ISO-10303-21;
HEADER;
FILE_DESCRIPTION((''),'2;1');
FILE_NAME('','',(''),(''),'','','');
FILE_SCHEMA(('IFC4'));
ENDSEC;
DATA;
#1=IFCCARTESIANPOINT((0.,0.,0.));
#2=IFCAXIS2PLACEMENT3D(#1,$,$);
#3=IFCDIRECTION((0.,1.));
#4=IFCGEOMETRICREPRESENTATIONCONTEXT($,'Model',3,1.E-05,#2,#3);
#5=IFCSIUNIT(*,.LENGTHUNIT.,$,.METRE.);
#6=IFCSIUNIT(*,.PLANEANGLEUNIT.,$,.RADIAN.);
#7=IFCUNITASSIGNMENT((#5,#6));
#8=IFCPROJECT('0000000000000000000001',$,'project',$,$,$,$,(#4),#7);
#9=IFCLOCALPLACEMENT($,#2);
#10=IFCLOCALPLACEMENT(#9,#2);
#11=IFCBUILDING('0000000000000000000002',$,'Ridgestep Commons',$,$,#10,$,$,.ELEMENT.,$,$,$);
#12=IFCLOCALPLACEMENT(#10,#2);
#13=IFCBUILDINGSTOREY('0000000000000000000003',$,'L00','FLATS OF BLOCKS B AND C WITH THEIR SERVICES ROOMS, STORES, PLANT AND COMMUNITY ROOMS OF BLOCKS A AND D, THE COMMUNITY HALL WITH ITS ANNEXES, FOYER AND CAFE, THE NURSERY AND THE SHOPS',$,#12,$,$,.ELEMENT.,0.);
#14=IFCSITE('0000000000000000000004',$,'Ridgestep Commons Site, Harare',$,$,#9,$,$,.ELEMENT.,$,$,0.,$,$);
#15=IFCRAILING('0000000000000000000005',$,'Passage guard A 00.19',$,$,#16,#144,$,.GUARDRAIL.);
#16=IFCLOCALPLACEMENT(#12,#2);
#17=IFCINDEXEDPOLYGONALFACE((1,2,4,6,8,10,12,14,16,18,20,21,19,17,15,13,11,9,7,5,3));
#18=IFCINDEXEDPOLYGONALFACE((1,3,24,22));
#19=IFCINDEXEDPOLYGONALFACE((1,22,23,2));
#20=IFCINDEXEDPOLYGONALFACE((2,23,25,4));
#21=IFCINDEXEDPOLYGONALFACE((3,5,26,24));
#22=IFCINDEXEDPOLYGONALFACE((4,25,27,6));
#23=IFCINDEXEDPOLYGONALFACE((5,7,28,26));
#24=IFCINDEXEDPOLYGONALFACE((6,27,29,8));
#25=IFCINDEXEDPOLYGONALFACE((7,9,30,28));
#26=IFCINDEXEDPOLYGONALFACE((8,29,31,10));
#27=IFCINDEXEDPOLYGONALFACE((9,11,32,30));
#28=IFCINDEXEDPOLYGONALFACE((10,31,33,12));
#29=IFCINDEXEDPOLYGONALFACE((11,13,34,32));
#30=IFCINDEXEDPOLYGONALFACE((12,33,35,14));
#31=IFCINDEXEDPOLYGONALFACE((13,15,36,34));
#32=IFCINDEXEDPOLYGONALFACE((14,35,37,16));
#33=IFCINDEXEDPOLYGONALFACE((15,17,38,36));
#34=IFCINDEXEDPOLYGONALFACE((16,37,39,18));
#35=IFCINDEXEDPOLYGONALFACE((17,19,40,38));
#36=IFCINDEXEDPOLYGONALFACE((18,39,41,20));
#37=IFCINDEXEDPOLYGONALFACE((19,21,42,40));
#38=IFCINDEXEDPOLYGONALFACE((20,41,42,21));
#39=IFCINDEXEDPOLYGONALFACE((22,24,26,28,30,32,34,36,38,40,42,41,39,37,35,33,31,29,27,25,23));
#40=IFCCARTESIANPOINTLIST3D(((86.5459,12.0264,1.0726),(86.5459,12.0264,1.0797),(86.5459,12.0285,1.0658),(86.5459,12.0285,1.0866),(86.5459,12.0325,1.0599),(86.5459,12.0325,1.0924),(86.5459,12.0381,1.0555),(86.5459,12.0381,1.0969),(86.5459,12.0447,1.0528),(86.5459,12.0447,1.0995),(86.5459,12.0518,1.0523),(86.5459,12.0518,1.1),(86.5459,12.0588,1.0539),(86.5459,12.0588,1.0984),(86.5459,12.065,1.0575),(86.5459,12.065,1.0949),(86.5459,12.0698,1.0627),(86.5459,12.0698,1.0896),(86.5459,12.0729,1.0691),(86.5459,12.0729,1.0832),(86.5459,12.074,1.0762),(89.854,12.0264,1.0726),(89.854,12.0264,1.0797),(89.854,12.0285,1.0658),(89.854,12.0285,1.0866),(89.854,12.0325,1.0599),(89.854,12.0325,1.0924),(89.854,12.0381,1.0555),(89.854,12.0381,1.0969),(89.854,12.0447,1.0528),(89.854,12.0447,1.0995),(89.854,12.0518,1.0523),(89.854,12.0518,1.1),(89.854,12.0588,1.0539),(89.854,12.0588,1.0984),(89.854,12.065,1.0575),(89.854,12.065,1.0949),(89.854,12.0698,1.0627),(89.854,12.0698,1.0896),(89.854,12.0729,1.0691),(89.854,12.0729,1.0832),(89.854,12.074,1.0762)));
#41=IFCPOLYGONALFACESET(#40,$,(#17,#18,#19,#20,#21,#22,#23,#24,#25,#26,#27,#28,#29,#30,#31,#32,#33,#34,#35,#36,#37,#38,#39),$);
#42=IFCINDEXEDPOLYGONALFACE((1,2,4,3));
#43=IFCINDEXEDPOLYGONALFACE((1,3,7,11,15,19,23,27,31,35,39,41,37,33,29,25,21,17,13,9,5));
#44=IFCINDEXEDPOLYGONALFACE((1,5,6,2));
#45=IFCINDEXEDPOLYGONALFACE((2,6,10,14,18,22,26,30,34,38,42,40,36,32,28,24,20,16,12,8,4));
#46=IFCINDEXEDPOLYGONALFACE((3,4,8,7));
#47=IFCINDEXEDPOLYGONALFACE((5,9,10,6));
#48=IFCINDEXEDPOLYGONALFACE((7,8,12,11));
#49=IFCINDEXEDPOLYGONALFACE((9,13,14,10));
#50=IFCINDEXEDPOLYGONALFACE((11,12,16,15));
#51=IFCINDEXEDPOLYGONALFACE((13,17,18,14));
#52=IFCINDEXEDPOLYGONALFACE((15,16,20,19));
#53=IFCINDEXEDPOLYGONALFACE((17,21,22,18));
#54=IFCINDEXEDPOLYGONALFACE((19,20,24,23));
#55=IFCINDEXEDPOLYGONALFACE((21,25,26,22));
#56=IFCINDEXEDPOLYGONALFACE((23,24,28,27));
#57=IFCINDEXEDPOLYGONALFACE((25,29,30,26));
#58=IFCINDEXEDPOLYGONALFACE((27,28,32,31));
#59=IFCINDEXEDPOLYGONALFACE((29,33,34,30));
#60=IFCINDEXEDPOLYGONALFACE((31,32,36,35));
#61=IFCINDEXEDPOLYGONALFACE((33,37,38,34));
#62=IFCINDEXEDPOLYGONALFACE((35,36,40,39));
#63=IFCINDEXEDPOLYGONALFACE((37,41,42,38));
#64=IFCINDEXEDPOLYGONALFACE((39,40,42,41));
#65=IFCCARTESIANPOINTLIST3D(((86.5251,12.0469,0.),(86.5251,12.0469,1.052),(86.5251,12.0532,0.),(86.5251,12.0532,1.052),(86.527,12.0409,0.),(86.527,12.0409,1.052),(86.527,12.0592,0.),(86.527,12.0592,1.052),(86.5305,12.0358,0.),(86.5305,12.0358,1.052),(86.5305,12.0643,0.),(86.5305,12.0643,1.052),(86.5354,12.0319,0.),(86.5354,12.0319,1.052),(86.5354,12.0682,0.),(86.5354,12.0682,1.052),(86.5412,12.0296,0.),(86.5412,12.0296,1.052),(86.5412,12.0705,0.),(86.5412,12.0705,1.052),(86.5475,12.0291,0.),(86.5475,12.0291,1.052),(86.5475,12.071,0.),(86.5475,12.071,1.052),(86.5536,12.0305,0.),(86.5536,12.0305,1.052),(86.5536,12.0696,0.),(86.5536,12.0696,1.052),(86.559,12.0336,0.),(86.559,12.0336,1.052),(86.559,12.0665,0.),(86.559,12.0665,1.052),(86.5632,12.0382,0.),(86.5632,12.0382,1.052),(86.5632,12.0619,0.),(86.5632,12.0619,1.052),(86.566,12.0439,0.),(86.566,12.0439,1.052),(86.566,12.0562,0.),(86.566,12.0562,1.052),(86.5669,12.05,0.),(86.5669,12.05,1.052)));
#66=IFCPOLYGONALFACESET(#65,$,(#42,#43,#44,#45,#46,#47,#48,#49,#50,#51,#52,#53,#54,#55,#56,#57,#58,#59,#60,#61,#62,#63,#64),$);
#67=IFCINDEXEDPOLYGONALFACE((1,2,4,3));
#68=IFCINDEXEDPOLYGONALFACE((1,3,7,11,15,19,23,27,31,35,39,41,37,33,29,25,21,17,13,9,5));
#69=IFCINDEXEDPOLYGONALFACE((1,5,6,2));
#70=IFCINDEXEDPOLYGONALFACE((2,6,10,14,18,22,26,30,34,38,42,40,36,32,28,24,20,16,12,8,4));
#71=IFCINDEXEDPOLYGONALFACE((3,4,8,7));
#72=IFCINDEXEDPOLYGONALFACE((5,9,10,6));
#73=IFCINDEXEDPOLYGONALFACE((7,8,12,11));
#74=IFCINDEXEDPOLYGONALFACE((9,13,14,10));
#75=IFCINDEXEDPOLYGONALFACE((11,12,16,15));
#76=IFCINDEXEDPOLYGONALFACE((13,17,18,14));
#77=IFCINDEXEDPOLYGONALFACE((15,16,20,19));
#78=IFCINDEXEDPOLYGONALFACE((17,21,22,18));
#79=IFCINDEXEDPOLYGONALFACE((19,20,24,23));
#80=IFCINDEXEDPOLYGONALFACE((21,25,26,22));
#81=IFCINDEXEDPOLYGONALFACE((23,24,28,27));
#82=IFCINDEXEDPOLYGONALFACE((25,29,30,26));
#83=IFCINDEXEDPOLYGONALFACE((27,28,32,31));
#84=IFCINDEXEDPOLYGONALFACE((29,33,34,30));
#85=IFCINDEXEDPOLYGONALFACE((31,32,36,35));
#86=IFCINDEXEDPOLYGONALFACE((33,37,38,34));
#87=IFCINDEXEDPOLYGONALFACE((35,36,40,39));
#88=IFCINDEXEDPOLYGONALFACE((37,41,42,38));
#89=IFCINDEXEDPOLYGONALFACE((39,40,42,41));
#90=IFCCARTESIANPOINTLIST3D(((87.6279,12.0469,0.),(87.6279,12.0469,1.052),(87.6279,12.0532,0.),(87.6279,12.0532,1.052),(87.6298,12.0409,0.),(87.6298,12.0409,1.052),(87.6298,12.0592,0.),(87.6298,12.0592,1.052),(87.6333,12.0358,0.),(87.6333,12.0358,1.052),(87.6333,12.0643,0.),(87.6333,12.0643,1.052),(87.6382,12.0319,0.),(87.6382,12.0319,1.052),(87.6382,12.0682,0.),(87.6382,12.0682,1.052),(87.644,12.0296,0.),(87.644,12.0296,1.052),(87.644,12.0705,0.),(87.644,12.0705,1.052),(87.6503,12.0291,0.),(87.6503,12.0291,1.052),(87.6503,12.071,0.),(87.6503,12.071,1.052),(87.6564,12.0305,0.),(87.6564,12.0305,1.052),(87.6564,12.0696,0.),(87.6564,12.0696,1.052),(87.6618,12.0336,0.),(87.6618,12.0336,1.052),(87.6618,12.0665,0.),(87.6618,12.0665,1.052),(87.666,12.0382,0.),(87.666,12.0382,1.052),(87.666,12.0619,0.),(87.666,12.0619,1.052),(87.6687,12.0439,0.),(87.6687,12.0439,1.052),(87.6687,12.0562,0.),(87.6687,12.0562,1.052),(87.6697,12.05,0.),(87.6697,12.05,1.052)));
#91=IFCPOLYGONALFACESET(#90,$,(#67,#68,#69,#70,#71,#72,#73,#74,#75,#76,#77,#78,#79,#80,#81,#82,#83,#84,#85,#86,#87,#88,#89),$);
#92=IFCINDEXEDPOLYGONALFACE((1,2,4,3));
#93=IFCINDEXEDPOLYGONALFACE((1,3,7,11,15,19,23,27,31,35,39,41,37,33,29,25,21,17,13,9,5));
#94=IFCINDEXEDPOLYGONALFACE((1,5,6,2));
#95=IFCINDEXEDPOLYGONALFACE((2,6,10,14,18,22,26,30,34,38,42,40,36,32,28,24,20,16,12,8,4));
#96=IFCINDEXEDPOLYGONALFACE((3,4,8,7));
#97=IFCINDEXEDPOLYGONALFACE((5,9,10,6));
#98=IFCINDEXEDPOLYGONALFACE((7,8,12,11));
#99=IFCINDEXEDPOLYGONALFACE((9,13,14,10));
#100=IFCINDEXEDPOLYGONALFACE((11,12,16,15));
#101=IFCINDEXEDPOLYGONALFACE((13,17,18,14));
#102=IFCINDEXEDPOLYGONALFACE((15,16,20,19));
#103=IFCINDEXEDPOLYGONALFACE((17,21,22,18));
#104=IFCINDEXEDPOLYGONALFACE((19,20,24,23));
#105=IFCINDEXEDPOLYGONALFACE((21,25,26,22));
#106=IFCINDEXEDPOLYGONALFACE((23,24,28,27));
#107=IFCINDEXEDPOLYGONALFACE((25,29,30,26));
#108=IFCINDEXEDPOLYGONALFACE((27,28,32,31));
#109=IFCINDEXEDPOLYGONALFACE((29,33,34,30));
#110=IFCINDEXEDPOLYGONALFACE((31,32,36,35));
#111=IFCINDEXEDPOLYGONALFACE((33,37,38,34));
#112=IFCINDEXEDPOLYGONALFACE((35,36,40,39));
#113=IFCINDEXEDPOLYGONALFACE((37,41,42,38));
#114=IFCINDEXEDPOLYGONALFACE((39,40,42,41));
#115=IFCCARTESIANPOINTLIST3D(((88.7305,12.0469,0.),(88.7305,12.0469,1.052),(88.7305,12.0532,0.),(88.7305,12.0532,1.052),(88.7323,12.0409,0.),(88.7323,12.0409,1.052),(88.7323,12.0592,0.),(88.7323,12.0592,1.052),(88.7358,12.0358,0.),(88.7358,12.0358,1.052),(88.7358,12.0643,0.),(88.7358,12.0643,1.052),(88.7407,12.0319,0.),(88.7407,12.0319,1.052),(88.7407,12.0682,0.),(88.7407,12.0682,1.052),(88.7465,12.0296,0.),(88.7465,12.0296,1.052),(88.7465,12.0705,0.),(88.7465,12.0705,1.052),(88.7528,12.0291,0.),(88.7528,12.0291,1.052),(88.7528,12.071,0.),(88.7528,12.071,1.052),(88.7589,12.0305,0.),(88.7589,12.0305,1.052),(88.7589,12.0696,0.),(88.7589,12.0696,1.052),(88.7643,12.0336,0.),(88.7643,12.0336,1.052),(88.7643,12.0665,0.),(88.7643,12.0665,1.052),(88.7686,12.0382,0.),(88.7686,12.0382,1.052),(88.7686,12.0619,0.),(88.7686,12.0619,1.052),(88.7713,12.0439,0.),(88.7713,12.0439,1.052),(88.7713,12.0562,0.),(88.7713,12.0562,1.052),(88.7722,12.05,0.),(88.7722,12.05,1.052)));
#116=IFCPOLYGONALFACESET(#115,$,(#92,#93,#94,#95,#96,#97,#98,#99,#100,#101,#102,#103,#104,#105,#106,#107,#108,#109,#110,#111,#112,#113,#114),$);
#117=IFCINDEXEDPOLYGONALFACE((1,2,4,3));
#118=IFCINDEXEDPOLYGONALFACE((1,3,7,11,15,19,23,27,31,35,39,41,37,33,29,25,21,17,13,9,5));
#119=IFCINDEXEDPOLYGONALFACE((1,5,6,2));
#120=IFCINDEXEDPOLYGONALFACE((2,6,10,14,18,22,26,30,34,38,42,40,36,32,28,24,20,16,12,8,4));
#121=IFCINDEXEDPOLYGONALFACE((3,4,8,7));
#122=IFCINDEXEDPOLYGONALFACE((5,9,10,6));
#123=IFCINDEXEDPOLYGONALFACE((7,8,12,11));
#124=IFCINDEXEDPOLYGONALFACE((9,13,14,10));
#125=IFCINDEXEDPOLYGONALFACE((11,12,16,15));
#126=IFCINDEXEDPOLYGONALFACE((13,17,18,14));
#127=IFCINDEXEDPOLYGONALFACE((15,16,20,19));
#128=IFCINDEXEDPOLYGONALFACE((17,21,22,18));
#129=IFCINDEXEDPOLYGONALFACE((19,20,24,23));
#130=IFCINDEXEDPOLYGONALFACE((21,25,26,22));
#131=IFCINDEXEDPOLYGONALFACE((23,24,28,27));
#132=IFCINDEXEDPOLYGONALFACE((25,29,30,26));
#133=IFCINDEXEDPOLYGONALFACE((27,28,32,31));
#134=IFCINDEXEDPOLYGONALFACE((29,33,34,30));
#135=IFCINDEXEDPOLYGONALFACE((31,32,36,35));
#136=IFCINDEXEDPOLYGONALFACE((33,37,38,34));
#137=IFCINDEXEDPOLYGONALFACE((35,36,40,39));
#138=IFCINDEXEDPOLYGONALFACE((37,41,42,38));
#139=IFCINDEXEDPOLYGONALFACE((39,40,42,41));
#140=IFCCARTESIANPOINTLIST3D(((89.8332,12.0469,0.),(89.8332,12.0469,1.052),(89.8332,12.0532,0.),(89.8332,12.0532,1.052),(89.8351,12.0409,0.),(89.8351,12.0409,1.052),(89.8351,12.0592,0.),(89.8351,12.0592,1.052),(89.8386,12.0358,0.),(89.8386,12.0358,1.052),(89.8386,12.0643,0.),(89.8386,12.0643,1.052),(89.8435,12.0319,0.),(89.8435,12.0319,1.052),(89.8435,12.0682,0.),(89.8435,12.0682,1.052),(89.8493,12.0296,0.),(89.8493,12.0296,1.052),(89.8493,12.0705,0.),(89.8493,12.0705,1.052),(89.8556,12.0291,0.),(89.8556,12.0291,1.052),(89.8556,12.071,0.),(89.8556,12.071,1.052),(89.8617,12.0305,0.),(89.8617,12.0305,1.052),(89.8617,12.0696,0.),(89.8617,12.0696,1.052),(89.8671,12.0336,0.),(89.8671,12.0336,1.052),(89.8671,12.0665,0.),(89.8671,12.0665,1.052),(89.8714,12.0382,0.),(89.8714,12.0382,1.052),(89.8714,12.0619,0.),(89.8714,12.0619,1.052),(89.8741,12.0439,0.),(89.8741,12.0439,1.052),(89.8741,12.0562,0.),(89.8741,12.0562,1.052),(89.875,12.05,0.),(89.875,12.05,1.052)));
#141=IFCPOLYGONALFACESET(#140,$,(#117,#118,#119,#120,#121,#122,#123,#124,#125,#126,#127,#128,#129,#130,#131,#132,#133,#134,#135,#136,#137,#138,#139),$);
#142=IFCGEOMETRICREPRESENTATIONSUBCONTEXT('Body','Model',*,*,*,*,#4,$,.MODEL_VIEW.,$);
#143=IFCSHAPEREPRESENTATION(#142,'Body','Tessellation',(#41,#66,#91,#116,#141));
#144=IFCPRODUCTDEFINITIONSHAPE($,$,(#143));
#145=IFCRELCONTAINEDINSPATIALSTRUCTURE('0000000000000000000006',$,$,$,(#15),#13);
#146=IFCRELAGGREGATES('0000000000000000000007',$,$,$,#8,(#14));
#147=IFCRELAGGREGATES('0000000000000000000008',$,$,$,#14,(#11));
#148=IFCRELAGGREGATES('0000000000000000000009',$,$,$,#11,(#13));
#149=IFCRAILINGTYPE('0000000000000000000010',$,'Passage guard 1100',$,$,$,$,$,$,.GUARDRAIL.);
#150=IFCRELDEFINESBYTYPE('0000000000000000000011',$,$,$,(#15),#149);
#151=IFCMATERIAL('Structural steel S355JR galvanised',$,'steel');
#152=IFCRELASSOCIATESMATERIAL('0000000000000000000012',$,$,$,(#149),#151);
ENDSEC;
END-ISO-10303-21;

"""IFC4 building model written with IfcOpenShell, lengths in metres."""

from ifc_helpers import new_model, si_unit, direction, frame, origin, origin_2d, place, context, subcontext, project, spatial, circle, extrude, material, type_object, element, save


model = new_model("IFC4")

# Units and contexts
model_context = context("Model", 3, precision=1e-05, world=origin(), true_north=direction((0.0, 1.0)))
body_context = subcontext(model_context, "Body", "Model", "MODEL_VIEW")
ifc_project = project(units=[si_unit("LENGTHUNIT", "METRE"), si_unit("PLANEANGLEUNIT", "RADIAN")], contexts=[model_context])

# Site, building, storey
site_placement = place(None, origin())
site = spatial("IfcSite", under=ifc_project, at=site_placement, Name="Ridgestep Commons Site, Harare", CompositionType="ELEMENT", RefElevation=0.0)
building_placement = place(site_placement, origin())
building = spatial("IfcBuilding", under=site, at=building_placement, Name="Ridgestep Commons", CompositionType="ELEMENT")
storey_placement = place(building_placement, origin())
storey = spatial("IfcBuildingStorey", under=building, at=storey_placement, Name="L00", Description="FLATS OF BLOCKS B AND C WITH THEIR SERVICES ROOMS, STORES, PLANT AND COMMUNITY ROOMS OF BLOCKS A AND D, THE COMMUNITY HALL WITH ITS ANNEXES, FOYER AND CAFE, THE NURSERY AND THE SHOPS", CompositionType="ELEMENT", Elevation=0.0)

# Railing
ifc_material_1 = material(Name="Structural steel S355JR galvanised", Category="steel")
railing_type = type_object("IfcRailingType", Name="Passage guard 1100", PredefinedType="GUARDRAIL", material=ifc_material_1)
railing_1_placement = place(storey_placement, frame((86.5459, 12.05, 0.0)))
element("IfcRailing", 1, at=railing_1_placement, inside=storey, type_object=railing_type, Name="Passage guard A 00.19", PredefinedType="GUARDRAIL", context=body_context, shape_type="SweptSolid", body=[
    extrude(circle(Radius=0.0239, at=origin_2d()), frame((0.0, 0.0, 1.0762), z_axis=(1.0, 0.0, 0.0), x_axis=(0.0, 1.0, 0.0)), (0.0, 0.0, 1.0), 3.3081),
    extrude(circle(Radius=0.021, at=origin_2d()), origin(), (0.0, 0.0, 1.0), 1.052),
    extrude(circle(Radius=0.021, at=origin_2d()), frame((1.1028, 0.0, 0.0)), (0.0, 0.0, 1.0), 1.052),
    extrude(circle(Radius=0.021, at=origin_2d()), frame((2.2053, 0.0, 0.0)), (0.0, 0.0, 1.0), 1.052),
    extrude(circle(Radius=0.021, at=origin_2d()), frame((3.3081, 0.0, 0.0)), (0.0, 0.0, 1.0), 1.052),
])

save(model, "model.ifc")
